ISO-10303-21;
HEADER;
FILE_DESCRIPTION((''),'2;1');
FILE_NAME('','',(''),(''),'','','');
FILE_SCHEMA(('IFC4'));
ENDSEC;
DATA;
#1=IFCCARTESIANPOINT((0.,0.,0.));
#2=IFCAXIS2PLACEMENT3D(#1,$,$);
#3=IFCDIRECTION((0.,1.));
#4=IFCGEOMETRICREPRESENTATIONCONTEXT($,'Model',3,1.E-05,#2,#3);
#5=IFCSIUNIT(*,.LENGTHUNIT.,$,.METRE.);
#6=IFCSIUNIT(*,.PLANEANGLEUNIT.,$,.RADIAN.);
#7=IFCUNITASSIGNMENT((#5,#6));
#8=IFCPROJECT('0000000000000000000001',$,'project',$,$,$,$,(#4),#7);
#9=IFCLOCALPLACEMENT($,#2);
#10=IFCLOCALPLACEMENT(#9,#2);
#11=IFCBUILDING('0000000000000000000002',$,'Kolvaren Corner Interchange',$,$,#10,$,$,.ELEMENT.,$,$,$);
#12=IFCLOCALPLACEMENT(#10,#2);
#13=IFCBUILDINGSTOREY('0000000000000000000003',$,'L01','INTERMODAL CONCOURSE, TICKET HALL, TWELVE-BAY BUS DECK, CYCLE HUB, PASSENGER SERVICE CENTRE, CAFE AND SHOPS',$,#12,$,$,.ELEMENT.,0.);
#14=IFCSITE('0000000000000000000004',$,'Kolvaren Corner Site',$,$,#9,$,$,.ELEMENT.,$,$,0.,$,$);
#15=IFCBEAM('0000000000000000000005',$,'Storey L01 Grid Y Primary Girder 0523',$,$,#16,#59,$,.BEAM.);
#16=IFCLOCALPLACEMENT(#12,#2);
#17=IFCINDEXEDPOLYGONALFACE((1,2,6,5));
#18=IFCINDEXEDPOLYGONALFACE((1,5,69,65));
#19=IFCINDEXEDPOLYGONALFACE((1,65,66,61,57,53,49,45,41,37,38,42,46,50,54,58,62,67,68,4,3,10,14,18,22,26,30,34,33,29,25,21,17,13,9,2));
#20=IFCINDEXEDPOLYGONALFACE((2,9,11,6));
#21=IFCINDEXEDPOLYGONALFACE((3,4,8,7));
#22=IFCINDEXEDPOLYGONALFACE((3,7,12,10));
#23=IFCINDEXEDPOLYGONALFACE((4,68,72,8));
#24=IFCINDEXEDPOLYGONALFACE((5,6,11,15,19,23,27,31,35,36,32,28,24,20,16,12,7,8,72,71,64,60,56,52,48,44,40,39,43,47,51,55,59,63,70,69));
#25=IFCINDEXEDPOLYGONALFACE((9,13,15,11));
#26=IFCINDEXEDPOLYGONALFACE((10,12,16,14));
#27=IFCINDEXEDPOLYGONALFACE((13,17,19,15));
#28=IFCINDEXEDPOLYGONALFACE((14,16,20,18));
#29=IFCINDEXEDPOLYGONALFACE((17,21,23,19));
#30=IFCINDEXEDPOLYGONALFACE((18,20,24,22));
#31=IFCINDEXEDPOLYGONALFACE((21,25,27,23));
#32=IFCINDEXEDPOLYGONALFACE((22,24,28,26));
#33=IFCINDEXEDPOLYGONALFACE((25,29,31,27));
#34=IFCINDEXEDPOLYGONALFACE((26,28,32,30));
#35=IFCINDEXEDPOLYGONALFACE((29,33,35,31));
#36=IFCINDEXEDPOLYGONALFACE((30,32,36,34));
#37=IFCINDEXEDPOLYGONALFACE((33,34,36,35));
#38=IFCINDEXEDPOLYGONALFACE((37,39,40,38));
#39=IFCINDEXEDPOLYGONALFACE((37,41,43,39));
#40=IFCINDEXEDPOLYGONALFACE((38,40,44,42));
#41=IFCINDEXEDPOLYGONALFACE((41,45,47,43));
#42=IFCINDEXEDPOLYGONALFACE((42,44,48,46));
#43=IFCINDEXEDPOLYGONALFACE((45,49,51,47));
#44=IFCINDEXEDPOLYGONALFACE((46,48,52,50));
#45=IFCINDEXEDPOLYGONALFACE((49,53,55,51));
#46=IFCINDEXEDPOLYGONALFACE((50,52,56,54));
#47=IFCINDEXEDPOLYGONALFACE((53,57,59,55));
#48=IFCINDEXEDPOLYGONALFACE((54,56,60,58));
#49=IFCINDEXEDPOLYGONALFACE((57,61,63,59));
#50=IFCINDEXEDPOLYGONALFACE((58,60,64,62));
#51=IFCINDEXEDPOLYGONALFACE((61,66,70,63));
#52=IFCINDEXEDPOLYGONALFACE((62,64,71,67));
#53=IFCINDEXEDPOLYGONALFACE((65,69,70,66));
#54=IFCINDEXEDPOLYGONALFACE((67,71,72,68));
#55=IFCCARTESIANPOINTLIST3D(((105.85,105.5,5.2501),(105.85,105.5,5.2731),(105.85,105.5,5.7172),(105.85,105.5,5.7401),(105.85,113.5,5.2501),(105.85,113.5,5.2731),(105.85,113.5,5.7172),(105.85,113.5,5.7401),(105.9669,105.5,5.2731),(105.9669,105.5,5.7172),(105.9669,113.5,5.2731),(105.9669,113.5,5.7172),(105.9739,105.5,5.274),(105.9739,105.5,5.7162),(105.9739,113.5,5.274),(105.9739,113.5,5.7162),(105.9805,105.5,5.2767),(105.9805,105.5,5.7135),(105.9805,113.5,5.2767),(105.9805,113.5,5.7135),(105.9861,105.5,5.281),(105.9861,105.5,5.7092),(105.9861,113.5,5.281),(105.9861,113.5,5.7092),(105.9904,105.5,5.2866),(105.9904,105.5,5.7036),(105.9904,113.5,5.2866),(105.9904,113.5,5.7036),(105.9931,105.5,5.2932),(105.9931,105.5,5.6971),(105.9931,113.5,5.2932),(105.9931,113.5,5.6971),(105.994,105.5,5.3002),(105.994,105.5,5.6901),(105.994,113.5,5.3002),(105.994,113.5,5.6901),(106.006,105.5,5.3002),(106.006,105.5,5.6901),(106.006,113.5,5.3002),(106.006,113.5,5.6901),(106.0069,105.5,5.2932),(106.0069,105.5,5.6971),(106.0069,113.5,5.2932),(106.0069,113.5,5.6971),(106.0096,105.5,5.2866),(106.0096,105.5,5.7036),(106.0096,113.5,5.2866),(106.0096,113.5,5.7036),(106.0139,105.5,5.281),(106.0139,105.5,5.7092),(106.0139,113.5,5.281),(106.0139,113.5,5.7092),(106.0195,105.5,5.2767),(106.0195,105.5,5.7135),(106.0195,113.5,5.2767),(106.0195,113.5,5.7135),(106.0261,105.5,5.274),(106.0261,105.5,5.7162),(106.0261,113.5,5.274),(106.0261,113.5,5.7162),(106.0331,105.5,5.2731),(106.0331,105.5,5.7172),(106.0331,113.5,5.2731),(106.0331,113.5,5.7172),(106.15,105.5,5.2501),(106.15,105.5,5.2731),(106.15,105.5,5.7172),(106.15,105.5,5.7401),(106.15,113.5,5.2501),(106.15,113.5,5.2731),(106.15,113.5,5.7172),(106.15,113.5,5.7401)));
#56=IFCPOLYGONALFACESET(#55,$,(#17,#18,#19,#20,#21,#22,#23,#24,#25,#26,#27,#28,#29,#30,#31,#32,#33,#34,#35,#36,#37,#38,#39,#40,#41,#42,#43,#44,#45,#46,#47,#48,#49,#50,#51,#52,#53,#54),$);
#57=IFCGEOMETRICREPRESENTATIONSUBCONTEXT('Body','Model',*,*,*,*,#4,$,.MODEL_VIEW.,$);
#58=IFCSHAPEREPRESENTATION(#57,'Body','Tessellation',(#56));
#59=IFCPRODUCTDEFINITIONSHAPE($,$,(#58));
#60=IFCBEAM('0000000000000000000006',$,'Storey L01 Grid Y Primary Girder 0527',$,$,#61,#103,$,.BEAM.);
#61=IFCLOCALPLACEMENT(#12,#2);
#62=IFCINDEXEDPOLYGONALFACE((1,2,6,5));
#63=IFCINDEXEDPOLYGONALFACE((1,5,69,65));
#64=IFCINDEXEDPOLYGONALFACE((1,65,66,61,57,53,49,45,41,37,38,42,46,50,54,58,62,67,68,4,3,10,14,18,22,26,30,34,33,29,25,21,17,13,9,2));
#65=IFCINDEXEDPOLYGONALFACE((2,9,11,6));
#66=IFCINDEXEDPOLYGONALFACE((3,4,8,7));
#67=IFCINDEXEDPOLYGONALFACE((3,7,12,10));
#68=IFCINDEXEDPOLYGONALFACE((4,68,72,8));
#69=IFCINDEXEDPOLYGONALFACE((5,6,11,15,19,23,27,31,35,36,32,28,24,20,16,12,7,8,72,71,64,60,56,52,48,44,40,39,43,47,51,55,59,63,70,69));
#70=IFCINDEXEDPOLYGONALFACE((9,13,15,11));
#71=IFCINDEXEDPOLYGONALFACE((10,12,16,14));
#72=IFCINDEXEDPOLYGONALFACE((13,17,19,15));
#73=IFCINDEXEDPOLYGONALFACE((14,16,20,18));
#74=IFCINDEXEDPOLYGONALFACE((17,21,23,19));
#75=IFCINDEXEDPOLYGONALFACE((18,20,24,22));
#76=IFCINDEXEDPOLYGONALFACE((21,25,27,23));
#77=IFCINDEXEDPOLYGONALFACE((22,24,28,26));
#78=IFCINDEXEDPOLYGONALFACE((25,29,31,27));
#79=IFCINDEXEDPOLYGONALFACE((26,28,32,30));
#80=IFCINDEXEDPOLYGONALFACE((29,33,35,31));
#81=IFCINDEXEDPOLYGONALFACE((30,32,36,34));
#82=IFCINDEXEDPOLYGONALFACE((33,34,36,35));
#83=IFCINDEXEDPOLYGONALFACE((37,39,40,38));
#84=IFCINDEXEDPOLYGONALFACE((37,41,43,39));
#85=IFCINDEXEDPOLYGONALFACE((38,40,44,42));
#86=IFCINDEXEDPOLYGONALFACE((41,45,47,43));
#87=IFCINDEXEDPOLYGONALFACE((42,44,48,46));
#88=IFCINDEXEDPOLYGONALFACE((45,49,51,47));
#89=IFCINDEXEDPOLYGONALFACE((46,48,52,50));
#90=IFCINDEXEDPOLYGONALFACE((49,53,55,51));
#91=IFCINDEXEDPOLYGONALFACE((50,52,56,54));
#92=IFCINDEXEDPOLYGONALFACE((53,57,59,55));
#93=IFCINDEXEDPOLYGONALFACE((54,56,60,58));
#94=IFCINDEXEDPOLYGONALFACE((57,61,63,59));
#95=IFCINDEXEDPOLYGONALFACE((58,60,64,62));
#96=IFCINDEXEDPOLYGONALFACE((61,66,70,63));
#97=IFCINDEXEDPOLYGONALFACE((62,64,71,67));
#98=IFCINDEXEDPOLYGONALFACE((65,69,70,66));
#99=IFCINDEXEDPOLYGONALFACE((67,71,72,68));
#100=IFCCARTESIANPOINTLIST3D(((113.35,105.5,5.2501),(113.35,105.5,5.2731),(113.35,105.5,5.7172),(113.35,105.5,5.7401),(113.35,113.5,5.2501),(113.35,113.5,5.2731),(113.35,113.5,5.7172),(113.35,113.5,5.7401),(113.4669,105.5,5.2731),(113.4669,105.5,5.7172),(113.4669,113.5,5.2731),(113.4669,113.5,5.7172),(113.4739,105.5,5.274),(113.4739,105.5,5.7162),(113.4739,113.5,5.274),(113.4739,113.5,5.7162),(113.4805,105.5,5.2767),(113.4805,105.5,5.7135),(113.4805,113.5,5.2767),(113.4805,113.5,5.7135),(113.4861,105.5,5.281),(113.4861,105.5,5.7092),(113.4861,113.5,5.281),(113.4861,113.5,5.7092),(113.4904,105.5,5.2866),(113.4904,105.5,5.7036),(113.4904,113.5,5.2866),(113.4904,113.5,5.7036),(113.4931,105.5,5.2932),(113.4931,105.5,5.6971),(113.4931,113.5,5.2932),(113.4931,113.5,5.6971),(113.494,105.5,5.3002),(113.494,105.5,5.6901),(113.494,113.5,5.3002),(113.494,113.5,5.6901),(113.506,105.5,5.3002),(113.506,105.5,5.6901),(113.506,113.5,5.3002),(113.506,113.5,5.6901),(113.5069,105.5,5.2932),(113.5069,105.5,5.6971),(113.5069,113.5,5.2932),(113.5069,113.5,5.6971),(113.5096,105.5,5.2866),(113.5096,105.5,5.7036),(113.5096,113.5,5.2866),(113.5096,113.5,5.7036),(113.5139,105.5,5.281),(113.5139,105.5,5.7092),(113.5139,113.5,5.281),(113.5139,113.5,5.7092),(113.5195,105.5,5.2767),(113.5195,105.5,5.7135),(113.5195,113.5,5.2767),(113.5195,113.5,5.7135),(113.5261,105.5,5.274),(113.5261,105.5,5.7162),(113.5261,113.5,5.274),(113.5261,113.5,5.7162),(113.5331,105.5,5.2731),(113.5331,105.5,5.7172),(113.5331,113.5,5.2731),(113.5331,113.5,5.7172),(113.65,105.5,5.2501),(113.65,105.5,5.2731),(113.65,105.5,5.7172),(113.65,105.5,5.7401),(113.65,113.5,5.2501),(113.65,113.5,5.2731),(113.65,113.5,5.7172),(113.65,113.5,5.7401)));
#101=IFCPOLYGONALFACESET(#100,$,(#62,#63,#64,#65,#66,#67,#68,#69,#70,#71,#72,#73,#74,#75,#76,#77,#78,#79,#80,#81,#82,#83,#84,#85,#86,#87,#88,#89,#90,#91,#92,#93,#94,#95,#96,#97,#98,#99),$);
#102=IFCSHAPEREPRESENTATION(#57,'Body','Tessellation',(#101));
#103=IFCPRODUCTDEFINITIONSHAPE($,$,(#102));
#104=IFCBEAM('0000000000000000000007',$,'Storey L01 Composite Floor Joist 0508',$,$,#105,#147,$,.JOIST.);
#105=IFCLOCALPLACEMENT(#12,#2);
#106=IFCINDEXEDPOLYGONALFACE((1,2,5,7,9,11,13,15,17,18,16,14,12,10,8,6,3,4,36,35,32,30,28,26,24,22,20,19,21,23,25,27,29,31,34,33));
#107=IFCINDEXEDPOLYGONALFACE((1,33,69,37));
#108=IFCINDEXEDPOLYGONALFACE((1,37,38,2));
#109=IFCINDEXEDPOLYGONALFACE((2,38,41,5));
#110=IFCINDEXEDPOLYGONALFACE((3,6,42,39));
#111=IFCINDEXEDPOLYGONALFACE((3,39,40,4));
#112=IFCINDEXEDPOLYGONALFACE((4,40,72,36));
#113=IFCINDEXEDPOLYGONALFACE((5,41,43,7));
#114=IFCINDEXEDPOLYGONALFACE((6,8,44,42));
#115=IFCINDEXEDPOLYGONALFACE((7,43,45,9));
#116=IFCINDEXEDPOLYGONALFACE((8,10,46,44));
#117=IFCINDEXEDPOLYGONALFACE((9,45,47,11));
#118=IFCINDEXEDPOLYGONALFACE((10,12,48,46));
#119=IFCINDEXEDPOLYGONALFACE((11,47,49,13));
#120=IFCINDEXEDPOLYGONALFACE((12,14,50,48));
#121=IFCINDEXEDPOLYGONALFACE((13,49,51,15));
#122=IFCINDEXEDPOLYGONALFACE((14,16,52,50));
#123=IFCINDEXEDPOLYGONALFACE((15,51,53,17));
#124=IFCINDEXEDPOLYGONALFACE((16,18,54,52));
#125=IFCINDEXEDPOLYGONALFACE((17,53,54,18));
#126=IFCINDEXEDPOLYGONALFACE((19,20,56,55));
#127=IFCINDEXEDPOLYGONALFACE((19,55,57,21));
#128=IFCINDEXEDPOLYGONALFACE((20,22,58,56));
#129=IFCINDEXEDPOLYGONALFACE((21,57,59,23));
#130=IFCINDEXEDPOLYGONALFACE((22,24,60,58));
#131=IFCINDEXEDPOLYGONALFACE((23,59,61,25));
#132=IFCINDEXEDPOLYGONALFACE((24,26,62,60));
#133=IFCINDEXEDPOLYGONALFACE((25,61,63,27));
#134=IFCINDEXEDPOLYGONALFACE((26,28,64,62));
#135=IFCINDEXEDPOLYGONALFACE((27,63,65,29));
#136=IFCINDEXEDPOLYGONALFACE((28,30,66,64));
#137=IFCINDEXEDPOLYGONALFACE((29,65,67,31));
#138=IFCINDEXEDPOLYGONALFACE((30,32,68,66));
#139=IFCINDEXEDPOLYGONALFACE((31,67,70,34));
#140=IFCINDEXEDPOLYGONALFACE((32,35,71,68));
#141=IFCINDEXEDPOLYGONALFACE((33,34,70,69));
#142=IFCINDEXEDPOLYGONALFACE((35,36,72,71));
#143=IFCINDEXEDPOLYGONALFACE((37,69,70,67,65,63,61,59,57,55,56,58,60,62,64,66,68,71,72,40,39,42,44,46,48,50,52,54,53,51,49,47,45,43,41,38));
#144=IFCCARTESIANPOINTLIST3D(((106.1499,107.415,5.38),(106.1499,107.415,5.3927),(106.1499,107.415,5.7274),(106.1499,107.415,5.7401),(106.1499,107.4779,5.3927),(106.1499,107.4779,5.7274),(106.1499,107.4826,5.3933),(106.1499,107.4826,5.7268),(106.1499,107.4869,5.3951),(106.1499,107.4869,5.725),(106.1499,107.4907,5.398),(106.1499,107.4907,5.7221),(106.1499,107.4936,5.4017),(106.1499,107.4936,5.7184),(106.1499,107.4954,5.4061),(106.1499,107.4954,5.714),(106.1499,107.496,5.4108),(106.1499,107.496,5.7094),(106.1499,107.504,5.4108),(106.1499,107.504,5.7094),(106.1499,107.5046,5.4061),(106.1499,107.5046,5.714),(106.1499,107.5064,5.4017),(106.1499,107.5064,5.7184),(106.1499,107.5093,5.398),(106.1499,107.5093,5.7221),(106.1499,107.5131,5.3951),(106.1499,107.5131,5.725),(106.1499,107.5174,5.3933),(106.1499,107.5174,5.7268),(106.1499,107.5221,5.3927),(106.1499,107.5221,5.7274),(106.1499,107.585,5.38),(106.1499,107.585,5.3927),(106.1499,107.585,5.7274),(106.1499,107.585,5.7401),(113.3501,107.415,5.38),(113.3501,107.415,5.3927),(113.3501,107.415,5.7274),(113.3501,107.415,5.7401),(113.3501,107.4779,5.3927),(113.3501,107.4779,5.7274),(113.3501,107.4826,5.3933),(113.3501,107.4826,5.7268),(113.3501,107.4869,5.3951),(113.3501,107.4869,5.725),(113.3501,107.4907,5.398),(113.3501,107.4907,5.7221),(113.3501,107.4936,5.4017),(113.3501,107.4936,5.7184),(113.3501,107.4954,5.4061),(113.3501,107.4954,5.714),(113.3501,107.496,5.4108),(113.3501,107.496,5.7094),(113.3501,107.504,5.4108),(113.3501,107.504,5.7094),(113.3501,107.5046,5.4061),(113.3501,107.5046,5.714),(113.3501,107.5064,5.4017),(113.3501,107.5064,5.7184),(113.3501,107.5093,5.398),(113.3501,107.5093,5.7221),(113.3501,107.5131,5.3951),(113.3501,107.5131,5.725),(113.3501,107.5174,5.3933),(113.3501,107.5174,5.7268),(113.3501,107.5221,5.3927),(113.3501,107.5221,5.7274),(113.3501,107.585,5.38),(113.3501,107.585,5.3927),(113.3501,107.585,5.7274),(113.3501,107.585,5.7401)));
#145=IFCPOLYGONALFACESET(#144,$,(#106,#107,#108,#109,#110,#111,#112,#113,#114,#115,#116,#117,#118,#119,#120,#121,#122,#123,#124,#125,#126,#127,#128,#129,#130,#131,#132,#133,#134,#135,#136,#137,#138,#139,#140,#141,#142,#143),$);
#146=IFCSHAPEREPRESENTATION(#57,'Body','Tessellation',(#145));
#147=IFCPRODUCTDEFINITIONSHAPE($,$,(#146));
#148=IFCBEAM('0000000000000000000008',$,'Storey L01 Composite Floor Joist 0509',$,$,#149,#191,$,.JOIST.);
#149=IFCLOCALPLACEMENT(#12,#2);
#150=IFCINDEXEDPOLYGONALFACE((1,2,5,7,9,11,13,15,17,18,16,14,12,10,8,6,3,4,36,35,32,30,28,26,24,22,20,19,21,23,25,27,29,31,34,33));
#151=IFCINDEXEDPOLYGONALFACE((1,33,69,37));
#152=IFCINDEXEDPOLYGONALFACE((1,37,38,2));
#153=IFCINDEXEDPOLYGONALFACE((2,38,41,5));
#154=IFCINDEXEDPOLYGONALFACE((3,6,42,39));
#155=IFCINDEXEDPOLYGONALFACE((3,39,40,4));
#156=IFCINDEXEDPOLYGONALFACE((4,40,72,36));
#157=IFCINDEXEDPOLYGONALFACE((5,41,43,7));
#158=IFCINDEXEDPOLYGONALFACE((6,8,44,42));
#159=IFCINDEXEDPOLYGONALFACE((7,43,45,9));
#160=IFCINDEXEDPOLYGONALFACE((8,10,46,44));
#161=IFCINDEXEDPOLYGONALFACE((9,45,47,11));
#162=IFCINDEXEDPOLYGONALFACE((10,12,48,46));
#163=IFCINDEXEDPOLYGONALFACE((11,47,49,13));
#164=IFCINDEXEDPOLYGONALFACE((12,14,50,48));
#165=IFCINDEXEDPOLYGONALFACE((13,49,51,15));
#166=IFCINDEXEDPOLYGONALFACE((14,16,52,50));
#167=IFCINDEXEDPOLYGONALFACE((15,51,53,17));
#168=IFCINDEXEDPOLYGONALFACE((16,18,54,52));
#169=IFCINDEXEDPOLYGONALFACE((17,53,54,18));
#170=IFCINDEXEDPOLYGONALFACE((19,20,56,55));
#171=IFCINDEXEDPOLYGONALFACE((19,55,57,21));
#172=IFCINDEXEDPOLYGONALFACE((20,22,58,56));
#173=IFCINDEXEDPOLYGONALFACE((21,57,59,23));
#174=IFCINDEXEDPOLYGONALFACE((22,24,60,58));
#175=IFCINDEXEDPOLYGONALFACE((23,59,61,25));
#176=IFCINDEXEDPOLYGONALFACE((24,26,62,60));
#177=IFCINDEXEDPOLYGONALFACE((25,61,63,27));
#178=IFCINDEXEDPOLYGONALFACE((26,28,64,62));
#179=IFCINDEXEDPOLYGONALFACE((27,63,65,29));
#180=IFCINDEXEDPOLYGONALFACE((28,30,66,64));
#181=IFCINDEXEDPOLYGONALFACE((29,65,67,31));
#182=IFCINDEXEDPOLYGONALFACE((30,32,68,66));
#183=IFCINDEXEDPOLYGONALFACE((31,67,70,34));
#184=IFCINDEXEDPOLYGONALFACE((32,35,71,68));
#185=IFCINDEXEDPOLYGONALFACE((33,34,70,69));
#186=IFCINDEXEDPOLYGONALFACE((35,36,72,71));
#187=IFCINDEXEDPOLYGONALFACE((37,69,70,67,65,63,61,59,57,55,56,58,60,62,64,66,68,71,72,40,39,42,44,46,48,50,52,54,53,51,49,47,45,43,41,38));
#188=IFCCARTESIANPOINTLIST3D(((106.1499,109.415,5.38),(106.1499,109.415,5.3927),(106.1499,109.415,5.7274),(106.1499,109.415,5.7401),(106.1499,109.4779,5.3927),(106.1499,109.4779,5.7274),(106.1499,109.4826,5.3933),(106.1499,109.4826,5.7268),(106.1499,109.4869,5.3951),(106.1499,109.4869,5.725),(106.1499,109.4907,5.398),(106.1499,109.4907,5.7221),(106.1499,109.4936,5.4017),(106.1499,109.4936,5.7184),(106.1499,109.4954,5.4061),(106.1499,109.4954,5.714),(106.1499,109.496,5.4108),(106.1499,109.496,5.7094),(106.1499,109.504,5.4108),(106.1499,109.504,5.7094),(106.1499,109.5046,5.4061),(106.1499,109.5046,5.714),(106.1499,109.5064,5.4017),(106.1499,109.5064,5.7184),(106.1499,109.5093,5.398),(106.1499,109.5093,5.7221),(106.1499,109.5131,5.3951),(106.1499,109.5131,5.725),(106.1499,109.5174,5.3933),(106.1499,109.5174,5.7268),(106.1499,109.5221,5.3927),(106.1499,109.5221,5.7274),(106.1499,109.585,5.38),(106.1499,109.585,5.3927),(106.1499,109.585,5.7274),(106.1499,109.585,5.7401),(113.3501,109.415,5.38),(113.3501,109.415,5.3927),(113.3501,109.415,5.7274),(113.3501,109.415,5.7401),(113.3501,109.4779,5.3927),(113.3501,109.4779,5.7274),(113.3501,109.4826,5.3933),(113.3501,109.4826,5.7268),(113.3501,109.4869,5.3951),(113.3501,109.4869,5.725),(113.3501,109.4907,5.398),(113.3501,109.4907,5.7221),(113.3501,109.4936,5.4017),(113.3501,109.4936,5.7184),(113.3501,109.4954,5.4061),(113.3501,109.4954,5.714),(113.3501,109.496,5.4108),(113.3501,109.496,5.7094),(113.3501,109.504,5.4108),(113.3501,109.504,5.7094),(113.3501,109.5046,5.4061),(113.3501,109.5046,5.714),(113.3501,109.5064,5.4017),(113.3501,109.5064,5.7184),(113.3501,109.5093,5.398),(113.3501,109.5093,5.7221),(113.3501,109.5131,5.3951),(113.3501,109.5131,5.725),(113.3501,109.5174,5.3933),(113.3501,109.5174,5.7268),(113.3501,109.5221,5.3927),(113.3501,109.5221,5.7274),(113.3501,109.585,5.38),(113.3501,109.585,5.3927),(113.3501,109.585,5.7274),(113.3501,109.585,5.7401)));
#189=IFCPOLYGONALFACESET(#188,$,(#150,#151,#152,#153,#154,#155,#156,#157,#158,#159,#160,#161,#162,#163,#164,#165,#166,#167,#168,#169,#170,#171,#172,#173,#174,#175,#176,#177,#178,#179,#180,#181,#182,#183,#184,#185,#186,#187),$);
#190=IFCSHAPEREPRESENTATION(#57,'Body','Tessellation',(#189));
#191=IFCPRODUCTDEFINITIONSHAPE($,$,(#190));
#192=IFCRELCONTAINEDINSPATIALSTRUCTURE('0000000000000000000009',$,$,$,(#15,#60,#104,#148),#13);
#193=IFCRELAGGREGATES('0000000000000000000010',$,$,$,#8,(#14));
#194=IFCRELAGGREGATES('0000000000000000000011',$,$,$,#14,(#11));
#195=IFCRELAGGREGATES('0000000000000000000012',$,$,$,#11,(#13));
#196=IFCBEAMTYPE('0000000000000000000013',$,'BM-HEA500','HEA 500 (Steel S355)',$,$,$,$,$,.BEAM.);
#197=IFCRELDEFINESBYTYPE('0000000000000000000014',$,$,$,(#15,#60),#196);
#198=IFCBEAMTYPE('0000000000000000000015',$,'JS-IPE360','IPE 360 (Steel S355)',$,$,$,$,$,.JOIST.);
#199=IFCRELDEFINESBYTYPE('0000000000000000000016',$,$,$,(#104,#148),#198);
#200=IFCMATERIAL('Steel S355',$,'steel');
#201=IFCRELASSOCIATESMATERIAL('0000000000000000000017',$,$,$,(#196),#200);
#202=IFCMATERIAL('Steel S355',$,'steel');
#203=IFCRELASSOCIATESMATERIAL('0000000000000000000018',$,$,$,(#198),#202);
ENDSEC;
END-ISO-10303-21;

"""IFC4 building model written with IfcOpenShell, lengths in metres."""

from ifc_helpers import new_model, si_unit, direction, frame, origin, origin_2d, place, context, subcontext, project, spatial, i_section, extrude, material, material_profile, profile_set, type_object, element, save


model = new_model("IFC4")

# Units and contexts
model_context = context("Model", 3, precision=1e-05, world=origin(), true_north=direction((0.0, 1.0)))
body_context = subcontext(model_context, "Body", "Model", "MODEL_VIEW")
ifc_project = project(units=[si_unit("LENGTHUNIT", "METRE"), si_unit("PLANEANGLEUNIT", "RADIAN")], contexts=[model_context])

# Site, building, storey
site_placement = place(None, origin())
site = spatial("IfcSite", under=ifc_project, at=site_placement, Name="Kolvaren Corner Site", CompositionType="ELEMENT", RefElevation=0.0)
building_placement = place(site_placement, origin())
building = spatial("IfcBuilding", under=site, at=building_placement, Name="Kolvaren Corner Interchange", CompositionType="ELEMENT")
storey_placement = place(building_placement, origin())
storey = spatial("IfcBuildingStorey", under=building, at=storey_placement, Name="L01", Description="INTERMODAL CONCOURSE, TICKET HALL, TWELVE-BAY BUS DECK, CYCLE HUB, PASSENGER SERVICE CENTRE, CAFE AND SHOPS", CompositionType="ELEMENT", Elevation=0.0)

# Beams
ifc_material_1 = material(Name="Steel S355", Category="steel")
ifc_material_profile_1 = material_profile(ifc_material_1, i_section(OverallWidth=0.3, OverallDepth=0.49, WebThickness=0.012, FlangeThickness=0.0229, FilletRadius=0.0271, at=origin_2d()), Name="HEA 500")
ifc_profile_set_1 = profile_set([ifc_material_profile_1], Name="Steel S355")
beam_type_1 = type_object("IfcBeamType", Name="BM-HEA500", Description="HEA 500 (Steel S355)", PredefinedType="BEAM", material=ifc_profile_set_1)
for number, where, z_axis, x_axis, name in (
    (1, (106.0, 105.5, 5.4951), (0.0, 1.0, 0.0), (-1.0, 0.0, 0.0), "Storey L01 Grid Y Primary Girder 0523"),
    (2, (113.5, 105.5, 5.4951), (0.0, 1.0, 0.0), (-1.0, 0.0, 0.0), "Storey L01 Grid Y Primary Girder 0527"),
):
    element("IfcBeam", number, at=place(storey_placement, frame(where, z_axis=z_axis, x_axis=x_axis)), inside=storey, type_object=beam_type_1, Name=name, PredefinedType="BEAM", context=body_context, shape_type="SweptSolid", body=[
        extrude(i_section(OverallWidth=0.3, OverallDepth=0.49, WebThickness=0.012, FlangeThickness=0.0229, FilletRadius=0.0271, at=origin_2d()), origin(), (0.0, 0.0, 1.0), 8.0),
    ])
ifc_material_2 = material(Name="Steel S355", Category="steel")
ifc_material_profile_2 = material_profile(ifc_material_2, i_section(OverallWidth=0.1699, OverallDepth=0.3601, WebThickness=0.0081, FlangeThickness=0.0127, FilletRadius=0.0181, at=origin_2d()), Name="IPE 360")
ifc_profile_set_2 = profile_set([ifc_material_profile_2], Name="Steel S355")
beam_type_2 = type_object("IfcBeamType", Name="JS-IPE360", Description="IPE 360 (Steel S355)", PredefinedType="JOIST", material=ifc_profile_set_2)
for number, where, z_axis, x_axis, name in (
    (3, (106.1499, 107.5, 5.5601), (1.0, 0.0, 0.0), (0.0, 1.0, 0.0), "Storey L01 Composite Floor Joist 0508"),
    (4, (106.1499, 109.5, 5.5601), (1.0, 0.0, 0.0), (0.0, 1.0, 0.0), "Storey L01 Composite Floor Joist 0509"),
):
    element("IfcBeam", number, at=place(storey_placement, frame(where, z_axis=z_axis, x_axis=x_axis)), inside=storey, type_object=beam_type_2, Name=name, PredefinedType="JOIST", context=body_context, shape_type="SweptSolid", body=[
        extrude(i_section(OverallWidth=0.1699, OverallDepth=0.3601, WebThickness=0.0081, FlangeThickness=0.0127, FilletRadius=0.0181, at=origin_2d()), origin(), (0.0, 0.0, 1.0), 7.2002),
    ])

save(model, "model.ifc")
